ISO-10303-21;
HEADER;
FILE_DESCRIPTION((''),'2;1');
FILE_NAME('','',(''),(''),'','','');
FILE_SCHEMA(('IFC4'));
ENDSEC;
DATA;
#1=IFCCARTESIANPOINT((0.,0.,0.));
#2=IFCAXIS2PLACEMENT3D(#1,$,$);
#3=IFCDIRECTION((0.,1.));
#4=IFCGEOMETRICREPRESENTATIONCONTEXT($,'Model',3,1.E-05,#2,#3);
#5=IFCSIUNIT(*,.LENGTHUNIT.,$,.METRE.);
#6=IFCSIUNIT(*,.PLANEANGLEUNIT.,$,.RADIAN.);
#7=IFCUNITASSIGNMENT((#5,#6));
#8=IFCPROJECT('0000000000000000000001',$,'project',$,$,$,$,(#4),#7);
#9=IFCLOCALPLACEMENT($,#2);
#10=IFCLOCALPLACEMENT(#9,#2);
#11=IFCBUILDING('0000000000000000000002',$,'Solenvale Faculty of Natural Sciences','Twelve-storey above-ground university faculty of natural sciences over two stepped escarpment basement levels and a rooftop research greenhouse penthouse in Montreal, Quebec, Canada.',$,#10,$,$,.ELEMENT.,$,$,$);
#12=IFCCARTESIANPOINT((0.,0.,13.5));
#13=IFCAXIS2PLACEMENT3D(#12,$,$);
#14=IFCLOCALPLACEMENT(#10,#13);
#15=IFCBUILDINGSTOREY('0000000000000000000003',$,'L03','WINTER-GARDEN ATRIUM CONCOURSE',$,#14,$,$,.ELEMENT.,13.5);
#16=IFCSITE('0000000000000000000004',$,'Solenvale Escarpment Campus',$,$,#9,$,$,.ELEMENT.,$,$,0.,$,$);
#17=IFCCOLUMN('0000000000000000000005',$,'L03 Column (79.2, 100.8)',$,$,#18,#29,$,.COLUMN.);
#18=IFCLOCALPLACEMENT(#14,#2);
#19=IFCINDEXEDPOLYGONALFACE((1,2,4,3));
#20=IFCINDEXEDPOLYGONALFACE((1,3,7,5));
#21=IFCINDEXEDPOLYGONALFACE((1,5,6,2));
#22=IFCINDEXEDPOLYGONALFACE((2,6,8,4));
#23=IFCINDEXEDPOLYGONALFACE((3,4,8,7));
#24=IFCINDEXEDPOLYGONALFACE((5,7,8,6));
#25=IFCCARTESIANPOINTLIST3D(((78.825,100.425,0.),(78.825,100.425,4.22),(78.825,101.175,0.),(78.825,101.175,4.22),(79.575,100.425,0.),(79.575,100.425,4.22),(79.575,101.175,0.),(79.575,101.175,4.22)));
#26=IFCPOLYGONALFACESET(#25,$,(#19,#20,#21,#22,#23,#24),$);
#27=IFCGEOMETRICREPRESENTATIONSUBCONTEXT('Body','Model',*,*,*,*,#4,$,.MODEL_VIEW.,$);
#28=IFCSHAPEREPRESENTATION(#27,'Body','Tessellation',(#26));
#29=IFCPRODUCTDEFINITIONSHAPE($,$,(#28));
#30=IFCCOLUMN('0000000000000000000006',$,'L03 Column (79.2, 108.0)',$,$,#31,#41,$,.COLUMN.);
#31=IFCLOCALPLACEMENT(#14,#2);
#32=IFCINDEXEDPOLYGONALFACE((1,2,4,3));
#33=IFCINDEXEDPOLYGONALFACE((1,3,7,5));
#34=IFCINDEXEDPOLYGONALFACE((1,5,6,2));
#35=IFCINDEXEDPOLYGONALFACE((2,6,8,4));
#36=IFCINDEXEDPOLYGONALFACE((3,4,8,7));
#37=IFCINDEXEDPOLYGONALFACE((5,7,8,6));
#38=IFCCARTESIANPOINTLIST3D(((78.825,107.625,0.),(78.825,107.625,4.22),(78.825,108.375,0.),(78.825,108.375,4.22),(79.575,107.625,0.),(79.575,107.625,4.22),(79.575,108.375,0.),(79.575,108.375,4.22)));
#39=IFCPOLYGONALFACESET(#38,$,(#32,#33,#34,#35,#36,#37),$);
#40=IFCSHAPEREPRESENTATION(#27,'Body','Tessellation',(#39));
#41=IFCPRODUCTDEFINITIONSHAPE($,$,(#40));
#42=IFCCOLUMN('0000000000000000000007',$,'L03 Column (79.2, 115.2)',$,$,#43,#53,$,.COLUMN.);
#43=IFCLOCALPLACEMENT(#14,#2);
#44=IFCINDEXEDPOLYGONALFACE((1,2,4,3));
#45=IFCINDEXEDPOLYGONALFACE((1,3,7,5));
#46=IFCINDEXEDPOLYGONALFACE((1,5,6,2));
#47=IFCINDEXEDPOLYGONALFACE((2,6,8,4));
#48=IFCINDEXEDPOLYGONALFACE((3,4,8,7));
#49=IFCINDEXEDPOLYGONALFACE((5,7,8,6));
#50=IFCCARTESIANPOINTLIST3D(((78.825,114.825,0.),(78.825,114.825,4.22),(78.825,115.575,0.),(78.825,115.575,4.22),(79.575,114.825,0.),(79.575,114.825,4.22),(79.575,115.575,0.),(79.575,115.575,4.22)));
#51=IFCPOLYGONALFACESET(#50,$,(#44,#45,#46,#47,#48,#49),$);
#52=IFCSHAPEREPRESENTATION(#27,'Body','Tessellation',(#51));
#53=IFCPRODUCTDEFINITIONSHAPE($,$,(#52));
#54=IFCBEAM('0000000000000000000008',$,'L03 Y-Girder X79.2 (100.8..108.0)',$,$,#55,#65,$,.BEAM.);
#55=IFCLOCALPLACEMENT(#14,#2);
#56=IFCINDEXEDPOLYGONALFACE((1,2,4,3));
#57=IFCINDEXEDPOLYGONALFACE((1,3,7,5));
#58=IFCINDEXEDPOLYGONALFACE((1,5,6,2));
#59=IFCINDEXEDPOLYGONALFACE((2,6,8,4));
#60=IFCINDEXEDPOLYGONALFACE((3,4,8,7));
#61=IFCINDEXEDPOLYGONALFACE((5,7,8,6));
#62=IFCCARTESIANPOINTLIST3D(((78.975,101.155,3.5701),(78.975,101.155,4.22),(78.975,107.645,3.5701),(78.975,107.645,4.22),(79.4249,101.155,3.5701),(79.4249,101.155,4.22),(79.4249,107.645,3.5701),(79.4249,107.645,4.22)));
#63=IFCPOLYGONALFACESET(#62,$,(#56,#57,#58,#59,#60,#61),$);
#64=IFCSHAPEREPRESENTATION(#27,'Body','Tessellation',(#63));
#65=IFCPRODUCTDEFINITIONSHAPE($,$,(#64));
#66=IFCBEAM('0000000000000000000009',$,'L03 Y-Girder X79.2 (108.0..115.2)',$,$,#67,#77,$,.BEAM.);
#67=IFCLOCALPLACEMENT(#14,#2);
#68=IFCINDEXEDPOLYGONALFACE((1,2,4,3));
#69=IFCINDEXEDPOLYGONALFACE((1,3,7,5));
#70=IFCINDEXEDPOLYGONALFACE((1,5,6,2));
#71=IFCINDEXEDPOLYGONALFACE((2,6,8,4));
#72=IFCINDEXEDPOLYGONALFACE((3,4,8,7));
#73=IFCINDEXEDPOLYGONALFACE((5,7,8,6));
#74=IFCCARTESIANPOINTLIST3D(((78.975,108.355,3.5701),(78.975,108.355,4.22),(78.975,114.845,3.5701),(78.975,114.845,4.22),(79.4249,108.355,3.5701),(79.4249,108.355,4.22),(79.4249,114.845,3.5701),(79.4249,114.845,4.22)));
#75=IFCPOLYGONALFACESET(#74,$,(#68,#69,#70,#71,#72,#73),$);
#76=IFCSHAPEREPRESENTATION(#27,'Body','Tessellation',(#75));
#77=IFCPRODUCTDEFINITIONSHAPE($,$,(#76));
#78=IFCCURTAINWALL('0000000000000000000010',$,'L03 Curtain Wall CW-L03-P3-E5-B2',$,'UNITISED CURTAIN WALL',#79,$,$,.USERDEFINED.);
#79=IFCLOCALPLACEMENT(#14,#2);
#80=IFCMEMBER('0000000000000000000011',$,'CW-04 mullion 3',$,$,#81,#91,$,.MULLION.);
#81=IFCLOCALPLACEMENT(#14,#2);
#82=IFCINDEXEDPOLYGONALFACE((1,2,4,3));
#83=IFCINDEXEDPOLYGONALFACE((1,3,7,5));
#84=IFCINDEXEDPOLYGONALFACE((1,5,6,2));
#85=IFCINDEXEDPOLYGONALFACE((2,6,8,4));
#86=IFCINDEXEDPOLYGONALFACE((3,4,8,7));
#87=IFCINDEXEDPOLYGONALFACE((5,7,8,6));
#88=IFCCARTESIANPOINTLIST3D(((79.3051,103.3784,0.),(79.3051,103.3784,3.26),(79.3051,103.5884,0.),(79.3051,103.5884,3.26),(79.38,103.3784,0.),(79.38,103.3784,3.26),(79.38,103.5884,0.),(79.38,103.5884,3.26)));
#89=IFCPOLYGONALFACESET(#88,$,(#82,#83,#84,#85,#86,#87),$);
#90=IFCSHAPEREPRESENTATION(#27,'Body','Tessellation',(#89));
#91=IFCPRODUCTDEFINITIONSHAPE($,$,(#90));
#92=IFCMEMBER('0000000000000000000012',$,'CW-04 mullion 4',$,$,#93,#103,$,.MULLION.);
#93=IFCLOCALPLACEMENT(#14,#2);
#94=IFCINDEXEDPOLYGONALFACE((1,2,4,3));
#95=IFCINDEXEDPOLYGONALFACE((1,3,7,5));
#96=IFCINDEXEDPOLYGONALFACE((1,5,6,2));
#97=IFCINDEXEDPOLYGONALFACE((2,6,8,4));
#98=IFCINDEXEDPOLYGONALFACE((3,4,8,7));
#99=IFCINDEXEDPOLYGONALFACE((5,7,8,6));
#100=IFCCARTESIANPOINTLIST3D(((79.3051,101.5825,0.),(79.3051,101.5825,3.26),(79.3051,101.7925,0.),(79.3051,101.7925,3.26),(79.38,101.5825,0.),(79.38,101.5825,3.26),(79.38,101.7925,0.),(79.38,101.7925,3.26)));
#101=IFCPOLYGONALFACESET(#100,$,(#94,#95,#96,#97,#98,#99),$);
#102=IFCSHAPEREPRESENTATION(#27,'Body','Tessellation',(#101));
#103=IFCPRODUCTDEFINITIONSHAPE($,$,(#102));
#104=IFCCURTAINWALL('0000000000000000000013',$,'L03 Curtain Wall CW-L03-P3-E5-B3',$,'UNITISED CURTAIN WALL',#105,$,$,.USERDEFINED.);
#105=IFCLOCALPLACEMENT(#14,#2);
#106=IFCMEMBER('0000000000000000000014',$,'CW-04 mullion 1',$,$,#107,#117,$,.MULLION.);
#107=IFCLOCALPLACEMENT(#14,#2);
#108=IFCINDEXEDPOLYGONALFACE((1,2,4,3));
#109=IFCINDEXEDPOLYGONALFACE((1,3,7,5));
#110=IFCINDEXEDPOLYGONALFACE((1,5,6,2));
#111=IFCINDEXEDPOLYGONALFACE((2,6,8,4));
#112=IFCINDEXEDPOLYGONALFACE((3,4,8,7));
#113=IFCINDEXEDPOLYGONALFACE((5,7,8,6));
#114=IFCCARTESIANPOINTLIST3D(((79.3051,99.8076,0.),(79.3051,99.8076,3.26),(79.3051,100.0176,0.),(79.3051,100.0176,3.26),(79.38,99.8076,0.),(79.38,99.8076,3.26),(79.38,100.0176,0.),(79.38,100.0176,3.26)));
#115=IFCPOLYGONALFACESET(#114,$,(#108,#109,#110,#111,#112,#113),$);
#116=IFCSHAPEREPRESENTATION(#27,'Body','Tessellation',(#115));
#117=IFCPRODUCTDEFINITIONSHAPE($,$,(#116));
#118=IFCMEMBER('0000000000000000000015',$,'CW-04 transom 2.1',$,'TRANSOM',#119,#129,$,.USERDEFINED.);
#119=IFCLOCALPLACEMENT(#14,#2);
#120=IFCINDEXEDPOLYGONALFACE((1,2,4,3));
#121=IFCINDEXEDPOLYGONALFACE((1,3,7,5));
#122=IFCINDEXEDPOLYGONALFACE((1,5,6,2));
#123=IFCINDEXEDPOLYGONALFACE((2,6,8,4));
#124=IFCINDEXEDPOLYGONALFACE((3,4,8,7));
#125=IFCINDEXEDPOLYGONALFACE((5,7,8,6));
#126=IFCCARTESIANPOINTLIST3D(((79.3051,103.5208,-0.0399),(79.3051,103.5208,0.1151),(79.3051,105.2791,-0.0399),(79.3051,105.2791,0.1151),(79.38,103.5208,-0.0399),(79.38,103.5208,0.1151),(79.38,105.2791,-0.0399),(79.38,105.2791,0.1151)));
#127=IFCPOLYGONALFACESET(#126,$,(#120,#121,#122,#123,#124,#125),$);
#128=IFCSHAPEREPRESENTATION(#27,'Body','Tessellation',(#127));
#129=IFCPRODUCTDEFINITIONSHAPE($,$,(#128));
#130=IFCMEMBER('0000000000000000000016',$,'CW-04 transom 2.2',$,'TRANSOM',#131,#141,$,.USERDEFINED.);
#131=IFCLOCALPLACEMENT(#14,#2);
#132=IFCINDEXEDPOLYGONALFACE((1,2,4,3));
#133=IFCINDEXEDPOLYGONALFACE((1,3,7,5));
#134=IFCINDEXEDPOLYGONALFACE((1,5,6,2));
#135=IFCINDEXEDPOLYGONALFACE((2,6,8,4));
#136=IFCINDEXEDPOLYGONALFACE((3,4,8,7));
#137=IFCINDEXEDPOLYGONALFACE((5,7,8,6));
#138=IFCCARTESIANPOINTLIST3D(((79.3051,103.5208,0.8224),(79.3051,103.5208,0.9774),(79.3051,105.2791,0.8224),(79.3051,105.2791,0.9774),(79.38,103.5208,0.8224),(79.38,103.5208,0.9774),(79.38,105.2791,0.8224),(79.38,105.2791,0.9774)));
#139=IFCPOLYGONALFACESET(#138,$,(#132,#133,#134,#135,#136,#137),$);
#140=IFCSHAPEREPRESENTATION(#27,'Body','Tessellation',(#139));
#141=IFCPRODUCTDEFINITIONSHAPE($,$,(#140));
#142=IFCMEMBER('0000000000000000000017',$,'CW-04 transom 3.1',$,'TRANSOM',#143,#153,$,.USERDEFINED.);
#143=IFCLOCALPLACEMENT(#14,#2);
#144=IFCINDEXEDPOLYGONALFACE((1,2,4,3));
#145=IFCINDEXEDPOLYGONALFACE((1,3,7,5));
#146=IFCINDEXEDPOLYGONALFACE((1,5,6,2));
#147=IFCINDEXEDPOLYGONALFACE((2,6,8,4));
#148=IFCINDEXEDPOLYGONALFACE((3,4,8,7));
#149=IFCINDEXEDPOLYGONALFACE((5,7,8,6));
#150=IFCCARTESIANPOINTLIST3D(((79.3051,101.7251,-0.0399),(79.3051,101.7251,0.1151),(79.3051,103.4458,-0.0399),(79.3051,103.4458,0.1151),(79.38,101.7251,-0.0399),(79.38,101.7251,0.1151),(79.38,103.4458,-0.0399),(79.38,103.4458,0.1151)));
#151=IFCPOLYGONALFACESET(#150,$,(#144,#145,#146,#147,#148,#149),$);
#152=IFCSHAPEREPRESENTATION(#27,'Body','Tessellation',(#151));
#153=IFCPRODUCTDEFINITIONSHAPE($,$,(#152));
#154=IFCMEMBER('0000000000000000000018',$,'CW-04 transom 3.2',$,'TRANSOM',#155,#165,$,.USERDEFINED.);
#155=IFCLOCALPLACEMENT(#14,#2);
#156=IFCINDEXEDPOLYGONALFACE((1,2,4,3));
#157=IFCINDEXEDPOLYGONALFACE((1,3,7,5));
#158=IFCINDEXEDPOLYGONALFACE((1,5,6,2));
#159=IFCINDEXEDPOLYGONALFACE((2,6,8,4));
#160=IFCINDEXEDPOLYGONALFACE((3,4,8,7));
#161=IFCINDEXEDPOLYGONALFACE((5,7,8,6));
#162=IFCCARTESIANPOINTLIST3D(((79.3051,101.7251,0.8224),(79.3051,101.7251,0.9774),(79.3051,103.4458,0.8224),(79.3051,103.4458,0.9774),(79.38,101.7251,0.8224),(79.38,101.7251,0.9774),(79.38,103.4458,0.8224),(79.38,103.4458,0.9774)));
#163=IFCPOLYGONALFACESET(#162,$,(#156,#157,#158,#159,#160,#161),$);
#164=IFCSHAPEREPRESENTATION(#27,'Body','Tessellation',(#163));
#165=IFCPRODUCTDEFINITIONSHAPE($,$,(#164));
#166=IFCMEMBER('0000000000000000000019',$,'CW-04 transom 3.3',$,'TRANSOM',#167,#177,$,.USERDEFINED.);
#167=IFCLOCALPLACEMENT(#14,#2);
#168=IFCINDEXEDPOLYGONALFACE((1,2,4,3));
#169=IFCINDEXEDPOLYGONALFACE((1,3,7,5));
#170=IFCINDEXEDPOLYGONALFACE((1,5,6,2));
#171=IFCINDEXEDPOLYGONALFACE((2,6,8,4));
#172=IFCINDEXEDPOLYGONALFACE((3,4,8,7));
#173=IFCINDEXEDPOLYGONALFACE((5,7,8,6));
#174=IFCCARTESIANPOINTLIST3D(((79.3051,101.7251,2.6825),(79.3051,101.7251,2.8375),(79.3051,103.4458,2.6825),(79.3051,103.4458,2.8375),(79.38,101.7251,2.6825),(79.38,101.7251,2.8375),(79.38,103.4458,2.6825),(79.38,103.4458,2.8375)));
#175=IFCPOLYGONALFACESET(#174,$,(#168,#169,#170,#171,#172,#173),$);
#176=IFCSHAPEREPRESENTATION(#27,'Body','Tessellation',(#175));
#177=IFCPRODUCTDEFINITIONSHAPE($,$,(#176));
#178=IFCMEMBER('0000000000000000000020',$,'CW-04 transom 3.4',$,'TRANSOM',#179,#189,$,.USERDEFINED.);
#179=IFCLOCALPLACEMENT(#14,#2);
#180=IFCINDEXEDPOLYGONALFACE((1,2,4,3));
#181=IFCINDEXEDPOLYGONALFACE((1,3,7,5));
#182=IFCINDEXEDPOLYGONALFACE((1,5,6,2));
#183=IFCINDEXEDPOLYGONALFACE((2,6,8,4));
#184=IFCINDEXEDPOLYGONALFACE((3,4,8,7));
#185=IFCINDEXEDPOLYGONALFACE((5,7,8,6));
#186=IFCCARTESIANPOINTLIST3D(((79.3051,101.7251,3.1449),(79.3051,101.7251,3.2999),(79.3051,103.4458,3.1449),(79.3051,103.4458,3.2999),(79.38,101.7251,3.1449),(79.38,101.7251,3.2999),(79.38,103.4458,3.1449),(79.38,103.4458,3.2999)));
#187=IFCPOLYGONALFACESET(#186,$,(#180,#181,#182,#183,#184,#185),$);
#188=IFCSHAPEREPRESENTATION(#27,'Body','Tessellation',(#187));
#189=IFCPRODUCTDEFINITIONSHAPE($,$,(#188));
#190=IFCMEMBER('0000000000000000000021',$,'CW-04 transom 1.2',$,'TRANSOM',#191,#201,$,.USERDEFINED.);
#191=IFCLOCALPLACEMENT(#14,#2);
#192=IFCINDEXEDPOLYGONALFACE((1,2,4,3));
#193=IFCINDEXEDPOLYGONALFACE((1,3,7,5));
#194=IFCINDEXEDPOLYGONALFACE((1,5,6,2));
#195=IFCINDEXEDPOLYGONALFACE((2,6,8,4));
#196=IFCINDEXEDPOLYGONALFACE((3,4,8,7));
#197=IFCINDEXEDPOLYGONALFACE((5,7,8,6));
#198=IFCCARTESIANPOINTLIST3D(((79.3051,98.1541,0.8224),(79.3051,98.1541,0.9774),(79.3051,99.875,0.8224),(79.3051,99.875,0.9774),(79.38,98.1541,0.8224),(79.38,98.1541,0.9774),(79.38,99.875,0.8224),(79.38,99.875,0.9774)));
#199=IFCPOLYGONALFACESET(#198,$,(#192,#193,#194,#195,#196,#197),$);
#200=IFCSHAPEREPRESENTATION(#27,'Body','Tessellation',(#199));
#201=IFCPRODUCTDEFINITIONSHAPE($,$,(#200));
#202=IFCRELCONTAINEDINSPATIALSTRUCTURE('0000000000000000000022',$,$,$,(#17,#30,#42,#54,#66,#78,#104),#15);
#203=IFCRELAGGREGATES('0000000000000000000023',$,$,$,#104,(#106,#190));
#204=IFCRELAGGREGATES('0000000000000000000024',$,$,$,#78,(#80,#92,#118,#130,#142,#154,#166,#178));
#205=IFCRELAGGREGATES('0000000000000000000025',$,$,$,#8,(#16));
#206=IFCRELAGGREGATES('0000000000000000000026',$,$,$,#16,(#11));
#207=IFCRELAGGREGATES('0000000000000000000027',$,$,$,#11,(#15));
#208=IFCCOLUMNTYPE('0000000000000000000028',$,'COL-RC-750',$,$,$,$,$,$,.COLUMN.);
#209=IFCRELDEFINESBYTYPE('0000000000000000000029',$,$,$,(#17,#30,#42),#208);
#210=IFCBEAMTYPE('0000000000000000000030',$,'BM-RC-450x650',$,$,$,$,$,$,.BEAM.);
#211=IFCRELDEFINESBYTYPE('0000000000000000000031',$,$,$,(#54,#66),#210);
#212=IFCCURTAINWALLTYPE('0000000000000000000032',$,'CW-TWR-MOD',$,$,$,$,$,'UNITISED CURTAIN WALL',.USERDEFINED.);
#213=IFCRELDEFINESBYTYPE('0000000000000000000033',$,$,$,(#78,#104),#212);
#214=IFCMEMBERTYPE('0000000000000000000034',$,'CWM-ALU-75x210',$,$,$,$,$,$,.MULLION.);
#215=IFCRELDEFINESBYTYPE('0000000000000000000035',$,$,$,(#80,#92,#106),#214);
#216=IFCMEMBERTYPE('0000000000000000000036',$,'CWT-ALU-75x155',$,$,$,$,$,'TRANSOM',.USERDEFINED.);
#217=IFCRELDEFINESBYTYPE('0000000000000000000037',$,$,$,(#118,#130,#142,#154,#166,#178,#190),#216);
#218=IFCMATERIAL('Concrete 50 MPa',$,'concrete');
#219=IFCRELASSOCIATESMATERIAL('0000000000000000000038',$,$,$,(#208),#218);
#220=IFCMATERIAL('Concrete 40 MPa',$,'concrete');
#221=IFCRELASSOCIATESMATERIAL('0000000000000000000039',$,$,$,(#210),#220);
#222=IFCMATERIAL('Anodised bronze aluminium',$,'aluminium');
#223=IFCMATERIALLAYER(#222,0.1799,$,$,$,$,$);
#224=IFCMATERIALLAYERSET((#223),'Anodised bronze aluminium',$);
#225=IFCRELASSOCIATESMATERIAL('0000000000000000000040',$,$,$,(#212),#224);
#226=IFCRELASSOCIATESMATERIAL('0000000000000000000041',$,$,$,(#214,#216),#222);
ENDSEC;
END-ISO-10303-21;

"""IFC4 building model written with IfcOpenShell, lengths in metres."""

from ifc_helpers import new_model, si_unit, direction, frame, origin, origin_2d, place, context, subcontext, project, spatial, rectangle, extrude, material, layer, layer_set, material_profile, profile_set, type_object, element, aggregate, save


model = new_model("IFC4")

# Units and contexts
model_context = context("Model", 3, precision=1e-05, world=origin(), true_north=direction((0.0, 1.0)))
body_context = subcontext(model_context, "Body", "Model", "MODEL_VIEW")
ifc_project = project(units=[si_unit("LENGTHUNIT", "METRE"), si_unit("PLANEANGLEUNIT", "RADIAN")], contexts=[model_context])

# Site, building, storey
site_placement = place(None, origin())
site = spatial("IfcSite", under=ifc_project, at=site_placement, Name="Solenvale Escarpment Campus", CompositionType="ELEMENT", RefElevation=0.0)
building_placement = place(site_placement, origin())
building = spatial("IfcBuilding", under=site, at=building_placement, Name="Solenvale Faculty of Natural Sciences", Description="Twelve-storey above-ground university faculty of natural sciences over two stepped escarpment basement levels and a rooftop research greenhouse penthouse in Montreal, Quebec, Canada.", CompositionType="ELEMENT")
storey_placement = place(building_placement, frame((0.0, 0.0, 13.5)))
storey = spatial("IfcBuildingStorey", under=building, at=storey_placement, Name="L03", Description="WINTER-GARDEN ATRIUM CONCOURSE", CompositionType="ELEMENT", Elevation=13.5)

# Columns
ifc_material_1 = material(Name="Concrete 50 MPa", Category="concrete")
ifc_material_profile_1 = material_profile(ifc_material_1, rectangle(XDim=0.75, YDim=0.75, at=origin_2d()), Name="RC-COL-750x750")
ifc_profile_set_1 = profile_set([ifc_material_profile_1], Name="Concrete 50 MPa")
column_type = type_object("IfcColumnType", Name="COL-RC-750", PredefinedType="COLUMN", material=ifc_profile_set_1)
for number, where, z_axis, x_axis, name in (
    (1, (79.2, 100.8, 0.0), (0.0, 0.0, 1.0), (1.0, 0.0, 0.0), "L03 Column (79.2, 100.8)"),
    (2, (79.2, 108.0, 0.0), (0.0, 0.0, 1.0), (1.0, 0.0, 0.0), "L03 Column (79.2, 108.0)"),
    (3, (79.2, 115.2, 0.0), (0.0, 0.0, 1.0), (1.0, 0.0, 0.0), "L03 Column (79.2, 115.2)"),
):
    element("IfcColumn", number, at=place(storey_placement, frame(where, z_axis=z_axis, x_axis=x_axis)), inside=storey, type_object=column_type, Name=name, PredefinedType="COLUMN", context=body_context, shape_type="SweptSolid", body=[
        extrude(rectangle(XDim=0.75, YDim=0.75, at=origin_2d()), origin(), (0.0, 0.0, 1.0), 4.22),
    ])

# Beams
ifc_material_2 = material(Name="Concrete 40 MPa", Category="concrete")
ifc_material_profile_2 = material_profile(ifc_material_2, rectangle(XDim=0.45, YDim=0.6499, at=origin_2d()), Name="RC-BM-450x650")
ifc_profile_set_2 = profile_set([ifc_material_profile_2], Name="Concrete 40 MPa")
beam_type = type_object("IfcBeamType", Name="BM-RC-450x650", PredefinedType="BEAM", material=ifc_profile_set_2)
for number, where, z_axis, x_axis, name in (
    (4, (79.2, 101.155, 3.895), (0.0, 1.0, 0.0), (-1.0, 0.0, 0.0), "L03 Y-Girder X79.2 (100.8..108.0)"),
    (5, (79.2, 108.355, 3.895), (0.0, 1.0, 0.0), (-1.0, 0.0, 0.0), "L03 Y-Girder X79.2 (108.0..115.2)"),
):
    element("IfcBeam", number, at=place(storey_placement, frame(where, z_axis=z_axis, x_axis=x_axis)), inside=storey, type_object=beam_type, Name=name, PredefinedType="BEAM", context=body_context, shape_type="SweptSolid", body=[
        extrude(rectangle(XDim=0.45, YDim=0.6499, at=origin_2d()), origin(), (0.0, 0.0, 1.0), 6.49),
    ])

# Curtain wall, members
ifc_material_3 = material(Name="Anodised bronze aluminium", Category="aluminium")
ifc_layer_1 = layer(ifc_material_3, 0.1799)
ifc_layer_set_1 = layer_set([ifc_layer_1], Name="Anodised bronze aluminium")
curtain_wall_type = type_object("IfcCurtainWallType", Name="CW-TWR-MOD", ElementType="UNITISED CURTAIN WALL", PredefinedType="USERDEFINED", material=ifc_layer_set_1)
curtain_wall_1_placement = place(storey_placement, origin())
curtain_wall_1 = element("IfcCurtainWall", 6, at=curtain_wall_1_placement, inside=storey, type_object=curtain_wall_type, Name="L03 Curtain Wall CW-L03-P3-E5-B2", ObjectType="UNITISED CURTAIN WALL", PredefinedType="USERDEFINED")
ifc_material_profile_3 = material_profile(ifc_material_3, rectangle(XDim=0.075, YDim=0.21, at=origin_2d()), Name="ALU-MUL-75x210")
ifc_profile_set_3 = profile_set([ifc_material_profile_3], Name="Anodised bronze aluminium")
member_type_1 = type_object("IfcMemberType", Name="CWM-ALU-75x210", PredefinedType="MULLION", material=ifc_profile_set_3)
member_1_placement = place(storey_placement, frame((79.3425, 103.4834, 0.0), z_axis=(0.0, 0.0, 1.0), x_axis=(1.0, 0.0, 0.0)))
member_1 = element("IfcMember", 7, at=member_1_placement, type_object=member_type_1, Name="CW-04 mullion 3", PredefinedType="MULLION", context=body_context, shape_type="SweptSolid", body=[
    extrude(rectangle(XDim=0.075, YDim=0.21, at=origin_2d()), origin(), (0.0, 0.0, 1.0), 3.26),
])
member_2_placement = place(storey_placement, frame((79.3425, 101.6875, 0.0), z_axis=(0.0, 0.0, 1.0), x_axis=(1.0, 0.0, 0.0)))
member_2 = element("IfcMember", 8, at=member_2_placement, type_object=member_type_1, Name="CW-04 mullion 4", PredefinedType="MULLION", context=body_context, shape_type="SweptSolid", body=[
    extrude(rectangle(XDim=0.075, YDim=0.21, at=origin_2d()), origin(), (0.0, 0.0, 1.0), 3.26),
])

# Curtain wall, member
curtain_wall_2_placement = place(storey_placement, origin())
curtain_wall_2 = element("IfcCurtainWall", 9, at=curtain_wall_2_placement, inside=storey, type_object=curtain_wall_type, Name="L03 Curtain Wall CW-L03-P3-E5-B3", ObjectType="UNITISED CURTAIN WALL", PredefinedType="USERDEFINED")
member_3_placement = place(storey_placement, frame((79.3425, 99.9126, 0.0), z_axis=(0.0, 0.0, 1.0), x_axis=(1.0, 0.0, 0.0)))
member_3 = element("IfcMember", 10, at=member_3_placement, type_object=member_type_1, Name="CW-04 mullion 1", PredefinedType="MULLION", context=body_context, shape_type="SweptSolid", body=[
    extrude(rectangle(XDim=0.075, YDim=0.21, at=origin_2d()), origin(), (0.0, 0.0, 1.0), 3.26),
])

# Members
ifc_material_profile_4 = material_profile(ifc_material_3, rectangle(XDim=0.075, YDim=0.155, at=origin_2d()), Name="ALU-TRN-75x155")
ifc_profile_set_4 = profile_set([ifc_material_profile_4], Name="Anodised bronze aluminium")
member_type_2 = type_object("IfcMemberType", Name="CWT-ALU-75x155", ElementType="TRANSOM", PredefinedType="USERDEFINED", material=ifc_profile_set_4)
member_4_placement = place(storey_placement, frame((79.3425, 105.2791, 0.0376), z_axis=(0.0, -1.0, 0.0), x_axis=(1.0, 0.0, 0.0)))
member_4 = element("IfcMember", 11, at=member_4_placement, type_object=member_type_2, Name="CW-04 transom 2.1", ObjectType="TRANSOM", PredefinedType="USERDEFINED", context=body_context, shape_type="SweptSolid", body=[
    extrude(rectangle(XDim=0.075, YDim=0.155, at=origin_2d()), origin(), (0.0, 0.0, 1.0), 1.7583),
])
member_5_placement = place(storey_placement, frame((79.3425, 105.2791, 0.8999), z_axis=(0.0, -1.0, 0.0), x_axis=(1.0, 0.0, 0.0)))
member_5 = element("IfcMember", 12, at=member_5_placement, type_object=member_type_2, Name="CW-04 transom 2.2", ObjectType="TRANSOM", PredefinedType="USERDEFINED", context=body_context, shape_type="SweptSolid", body=[
    extrude(rectangle(XDim=0.075, YDim=0.155, at=origin_2d()), origin(), (0.0, 0.0, 1.0), 1.7583),
])
member_6_placement = place(storey_placement, frame((79.3425, 103.4458, 0.0376), z_axis=(0.0, -1.0, 0.0), x_axis=(1.0, 0.0, 0.0)))
member_6 = element("IfcMember", 13, at=member_6_placement, type_object=member_type_2, Name="CW-04 transom 3.1", ObjectType="TRANSOM", PredefinedType="USERDEFINED", context=body_context, shape_type="SweptSolid", body=[
    extrude(rectangle(XDim=0.075, YDim=0.155, at=origin_2d()), origin(), (0.0, 0.0, 1.0), 1.7207),
])
member_7_placement = place(storey_placement, frame((79.3425, 103.4458, 0.8999), z_axis=(0.0, -1.0, 0.0), x_axis=(1.0, 0.0, 0.0)))
member_7 = element("IfcMember", 14, at=member_7_placement, type_object=member_type_2, Name="CW-04 transom 3.2", ObjectType="TRANSOM", PredefinedType="USERDEFINED", context=body_context, shape_type="SweptSolid", body=[
    extrude(rectangle(XDim=0.075, YDim=0.155, at=origin_2d()), origin(), (0.0, 0.0, 1.0), 1.7207),
])
member_8_placement = place(storey_placement, frame((79.3425, 103.4458, 2.76), z_axis=(0.0, -1.0, 0.0), x_axis=(1.0, 0.0, 0.0)))
member_8 = element("IfcMember", 15, at=member_8_placement, type_object=member_type_2, Name="CW-04 transom 3.3", ObjectType="TRANSOM", PredefinedType="USERDEFINED", context=body_context, shape_type="SweptSolid", body=[
    extrude(rectangle(XDim=0.075, YDim=0.155, at=origin_2d()), origin(), (0.0, 0.0, 1.0), 1.7207),
])
member_9_placement = place(storey_placement, frame((79.3425, 103.4458, 3.2224), z_axis=(0.0, -1.0, 0.0), x_axis=(1.0, 0.0, 0.0)))
member_9 = element("IfcMember", 16, at=member_9_placement, type_object=member_type_2, Name="CW-04 transom 3.4", ObjectType="TRANSOM", PredefinedType="USERDEFINED", context=body_context, shape_type="SweptSolid", body=[
    extrude(rectangle(XDim=0.075, YDim=0.155, at=origin_2d()), origin(), (0.0, 0.0, 1.0), 1.7207),
])
member_10_placement = place(storey_placement, frame((79.3425, 99.875, 0.8999), z_axis=(0.0, -1.0, 0.0), x_axis=(1.0, 0.0, 0.0)))
member_10 = element("IfcMember", 17, at=member_10_placement, type_object=member_type_2, Name="CW-04 transom 1.2", ObjectType="TRANSOM", PredefinedType="USERDEFINED", context=body_context, shape_type="SweptSolid", body=[
    extrude(rectangle(XDim=0.075, YDim=0.155, at=origin_2d()), origin(), (0.0, 0.0, 1.0), 1.7209),
])
aggregate(curtain_wall_2, [member_3, member_10])

aggregate(curtain_wall_1, [member_1, member_2, member_4, member_5, member_6, member_7, member_8, member_9])

save(model, "model.ifc")
